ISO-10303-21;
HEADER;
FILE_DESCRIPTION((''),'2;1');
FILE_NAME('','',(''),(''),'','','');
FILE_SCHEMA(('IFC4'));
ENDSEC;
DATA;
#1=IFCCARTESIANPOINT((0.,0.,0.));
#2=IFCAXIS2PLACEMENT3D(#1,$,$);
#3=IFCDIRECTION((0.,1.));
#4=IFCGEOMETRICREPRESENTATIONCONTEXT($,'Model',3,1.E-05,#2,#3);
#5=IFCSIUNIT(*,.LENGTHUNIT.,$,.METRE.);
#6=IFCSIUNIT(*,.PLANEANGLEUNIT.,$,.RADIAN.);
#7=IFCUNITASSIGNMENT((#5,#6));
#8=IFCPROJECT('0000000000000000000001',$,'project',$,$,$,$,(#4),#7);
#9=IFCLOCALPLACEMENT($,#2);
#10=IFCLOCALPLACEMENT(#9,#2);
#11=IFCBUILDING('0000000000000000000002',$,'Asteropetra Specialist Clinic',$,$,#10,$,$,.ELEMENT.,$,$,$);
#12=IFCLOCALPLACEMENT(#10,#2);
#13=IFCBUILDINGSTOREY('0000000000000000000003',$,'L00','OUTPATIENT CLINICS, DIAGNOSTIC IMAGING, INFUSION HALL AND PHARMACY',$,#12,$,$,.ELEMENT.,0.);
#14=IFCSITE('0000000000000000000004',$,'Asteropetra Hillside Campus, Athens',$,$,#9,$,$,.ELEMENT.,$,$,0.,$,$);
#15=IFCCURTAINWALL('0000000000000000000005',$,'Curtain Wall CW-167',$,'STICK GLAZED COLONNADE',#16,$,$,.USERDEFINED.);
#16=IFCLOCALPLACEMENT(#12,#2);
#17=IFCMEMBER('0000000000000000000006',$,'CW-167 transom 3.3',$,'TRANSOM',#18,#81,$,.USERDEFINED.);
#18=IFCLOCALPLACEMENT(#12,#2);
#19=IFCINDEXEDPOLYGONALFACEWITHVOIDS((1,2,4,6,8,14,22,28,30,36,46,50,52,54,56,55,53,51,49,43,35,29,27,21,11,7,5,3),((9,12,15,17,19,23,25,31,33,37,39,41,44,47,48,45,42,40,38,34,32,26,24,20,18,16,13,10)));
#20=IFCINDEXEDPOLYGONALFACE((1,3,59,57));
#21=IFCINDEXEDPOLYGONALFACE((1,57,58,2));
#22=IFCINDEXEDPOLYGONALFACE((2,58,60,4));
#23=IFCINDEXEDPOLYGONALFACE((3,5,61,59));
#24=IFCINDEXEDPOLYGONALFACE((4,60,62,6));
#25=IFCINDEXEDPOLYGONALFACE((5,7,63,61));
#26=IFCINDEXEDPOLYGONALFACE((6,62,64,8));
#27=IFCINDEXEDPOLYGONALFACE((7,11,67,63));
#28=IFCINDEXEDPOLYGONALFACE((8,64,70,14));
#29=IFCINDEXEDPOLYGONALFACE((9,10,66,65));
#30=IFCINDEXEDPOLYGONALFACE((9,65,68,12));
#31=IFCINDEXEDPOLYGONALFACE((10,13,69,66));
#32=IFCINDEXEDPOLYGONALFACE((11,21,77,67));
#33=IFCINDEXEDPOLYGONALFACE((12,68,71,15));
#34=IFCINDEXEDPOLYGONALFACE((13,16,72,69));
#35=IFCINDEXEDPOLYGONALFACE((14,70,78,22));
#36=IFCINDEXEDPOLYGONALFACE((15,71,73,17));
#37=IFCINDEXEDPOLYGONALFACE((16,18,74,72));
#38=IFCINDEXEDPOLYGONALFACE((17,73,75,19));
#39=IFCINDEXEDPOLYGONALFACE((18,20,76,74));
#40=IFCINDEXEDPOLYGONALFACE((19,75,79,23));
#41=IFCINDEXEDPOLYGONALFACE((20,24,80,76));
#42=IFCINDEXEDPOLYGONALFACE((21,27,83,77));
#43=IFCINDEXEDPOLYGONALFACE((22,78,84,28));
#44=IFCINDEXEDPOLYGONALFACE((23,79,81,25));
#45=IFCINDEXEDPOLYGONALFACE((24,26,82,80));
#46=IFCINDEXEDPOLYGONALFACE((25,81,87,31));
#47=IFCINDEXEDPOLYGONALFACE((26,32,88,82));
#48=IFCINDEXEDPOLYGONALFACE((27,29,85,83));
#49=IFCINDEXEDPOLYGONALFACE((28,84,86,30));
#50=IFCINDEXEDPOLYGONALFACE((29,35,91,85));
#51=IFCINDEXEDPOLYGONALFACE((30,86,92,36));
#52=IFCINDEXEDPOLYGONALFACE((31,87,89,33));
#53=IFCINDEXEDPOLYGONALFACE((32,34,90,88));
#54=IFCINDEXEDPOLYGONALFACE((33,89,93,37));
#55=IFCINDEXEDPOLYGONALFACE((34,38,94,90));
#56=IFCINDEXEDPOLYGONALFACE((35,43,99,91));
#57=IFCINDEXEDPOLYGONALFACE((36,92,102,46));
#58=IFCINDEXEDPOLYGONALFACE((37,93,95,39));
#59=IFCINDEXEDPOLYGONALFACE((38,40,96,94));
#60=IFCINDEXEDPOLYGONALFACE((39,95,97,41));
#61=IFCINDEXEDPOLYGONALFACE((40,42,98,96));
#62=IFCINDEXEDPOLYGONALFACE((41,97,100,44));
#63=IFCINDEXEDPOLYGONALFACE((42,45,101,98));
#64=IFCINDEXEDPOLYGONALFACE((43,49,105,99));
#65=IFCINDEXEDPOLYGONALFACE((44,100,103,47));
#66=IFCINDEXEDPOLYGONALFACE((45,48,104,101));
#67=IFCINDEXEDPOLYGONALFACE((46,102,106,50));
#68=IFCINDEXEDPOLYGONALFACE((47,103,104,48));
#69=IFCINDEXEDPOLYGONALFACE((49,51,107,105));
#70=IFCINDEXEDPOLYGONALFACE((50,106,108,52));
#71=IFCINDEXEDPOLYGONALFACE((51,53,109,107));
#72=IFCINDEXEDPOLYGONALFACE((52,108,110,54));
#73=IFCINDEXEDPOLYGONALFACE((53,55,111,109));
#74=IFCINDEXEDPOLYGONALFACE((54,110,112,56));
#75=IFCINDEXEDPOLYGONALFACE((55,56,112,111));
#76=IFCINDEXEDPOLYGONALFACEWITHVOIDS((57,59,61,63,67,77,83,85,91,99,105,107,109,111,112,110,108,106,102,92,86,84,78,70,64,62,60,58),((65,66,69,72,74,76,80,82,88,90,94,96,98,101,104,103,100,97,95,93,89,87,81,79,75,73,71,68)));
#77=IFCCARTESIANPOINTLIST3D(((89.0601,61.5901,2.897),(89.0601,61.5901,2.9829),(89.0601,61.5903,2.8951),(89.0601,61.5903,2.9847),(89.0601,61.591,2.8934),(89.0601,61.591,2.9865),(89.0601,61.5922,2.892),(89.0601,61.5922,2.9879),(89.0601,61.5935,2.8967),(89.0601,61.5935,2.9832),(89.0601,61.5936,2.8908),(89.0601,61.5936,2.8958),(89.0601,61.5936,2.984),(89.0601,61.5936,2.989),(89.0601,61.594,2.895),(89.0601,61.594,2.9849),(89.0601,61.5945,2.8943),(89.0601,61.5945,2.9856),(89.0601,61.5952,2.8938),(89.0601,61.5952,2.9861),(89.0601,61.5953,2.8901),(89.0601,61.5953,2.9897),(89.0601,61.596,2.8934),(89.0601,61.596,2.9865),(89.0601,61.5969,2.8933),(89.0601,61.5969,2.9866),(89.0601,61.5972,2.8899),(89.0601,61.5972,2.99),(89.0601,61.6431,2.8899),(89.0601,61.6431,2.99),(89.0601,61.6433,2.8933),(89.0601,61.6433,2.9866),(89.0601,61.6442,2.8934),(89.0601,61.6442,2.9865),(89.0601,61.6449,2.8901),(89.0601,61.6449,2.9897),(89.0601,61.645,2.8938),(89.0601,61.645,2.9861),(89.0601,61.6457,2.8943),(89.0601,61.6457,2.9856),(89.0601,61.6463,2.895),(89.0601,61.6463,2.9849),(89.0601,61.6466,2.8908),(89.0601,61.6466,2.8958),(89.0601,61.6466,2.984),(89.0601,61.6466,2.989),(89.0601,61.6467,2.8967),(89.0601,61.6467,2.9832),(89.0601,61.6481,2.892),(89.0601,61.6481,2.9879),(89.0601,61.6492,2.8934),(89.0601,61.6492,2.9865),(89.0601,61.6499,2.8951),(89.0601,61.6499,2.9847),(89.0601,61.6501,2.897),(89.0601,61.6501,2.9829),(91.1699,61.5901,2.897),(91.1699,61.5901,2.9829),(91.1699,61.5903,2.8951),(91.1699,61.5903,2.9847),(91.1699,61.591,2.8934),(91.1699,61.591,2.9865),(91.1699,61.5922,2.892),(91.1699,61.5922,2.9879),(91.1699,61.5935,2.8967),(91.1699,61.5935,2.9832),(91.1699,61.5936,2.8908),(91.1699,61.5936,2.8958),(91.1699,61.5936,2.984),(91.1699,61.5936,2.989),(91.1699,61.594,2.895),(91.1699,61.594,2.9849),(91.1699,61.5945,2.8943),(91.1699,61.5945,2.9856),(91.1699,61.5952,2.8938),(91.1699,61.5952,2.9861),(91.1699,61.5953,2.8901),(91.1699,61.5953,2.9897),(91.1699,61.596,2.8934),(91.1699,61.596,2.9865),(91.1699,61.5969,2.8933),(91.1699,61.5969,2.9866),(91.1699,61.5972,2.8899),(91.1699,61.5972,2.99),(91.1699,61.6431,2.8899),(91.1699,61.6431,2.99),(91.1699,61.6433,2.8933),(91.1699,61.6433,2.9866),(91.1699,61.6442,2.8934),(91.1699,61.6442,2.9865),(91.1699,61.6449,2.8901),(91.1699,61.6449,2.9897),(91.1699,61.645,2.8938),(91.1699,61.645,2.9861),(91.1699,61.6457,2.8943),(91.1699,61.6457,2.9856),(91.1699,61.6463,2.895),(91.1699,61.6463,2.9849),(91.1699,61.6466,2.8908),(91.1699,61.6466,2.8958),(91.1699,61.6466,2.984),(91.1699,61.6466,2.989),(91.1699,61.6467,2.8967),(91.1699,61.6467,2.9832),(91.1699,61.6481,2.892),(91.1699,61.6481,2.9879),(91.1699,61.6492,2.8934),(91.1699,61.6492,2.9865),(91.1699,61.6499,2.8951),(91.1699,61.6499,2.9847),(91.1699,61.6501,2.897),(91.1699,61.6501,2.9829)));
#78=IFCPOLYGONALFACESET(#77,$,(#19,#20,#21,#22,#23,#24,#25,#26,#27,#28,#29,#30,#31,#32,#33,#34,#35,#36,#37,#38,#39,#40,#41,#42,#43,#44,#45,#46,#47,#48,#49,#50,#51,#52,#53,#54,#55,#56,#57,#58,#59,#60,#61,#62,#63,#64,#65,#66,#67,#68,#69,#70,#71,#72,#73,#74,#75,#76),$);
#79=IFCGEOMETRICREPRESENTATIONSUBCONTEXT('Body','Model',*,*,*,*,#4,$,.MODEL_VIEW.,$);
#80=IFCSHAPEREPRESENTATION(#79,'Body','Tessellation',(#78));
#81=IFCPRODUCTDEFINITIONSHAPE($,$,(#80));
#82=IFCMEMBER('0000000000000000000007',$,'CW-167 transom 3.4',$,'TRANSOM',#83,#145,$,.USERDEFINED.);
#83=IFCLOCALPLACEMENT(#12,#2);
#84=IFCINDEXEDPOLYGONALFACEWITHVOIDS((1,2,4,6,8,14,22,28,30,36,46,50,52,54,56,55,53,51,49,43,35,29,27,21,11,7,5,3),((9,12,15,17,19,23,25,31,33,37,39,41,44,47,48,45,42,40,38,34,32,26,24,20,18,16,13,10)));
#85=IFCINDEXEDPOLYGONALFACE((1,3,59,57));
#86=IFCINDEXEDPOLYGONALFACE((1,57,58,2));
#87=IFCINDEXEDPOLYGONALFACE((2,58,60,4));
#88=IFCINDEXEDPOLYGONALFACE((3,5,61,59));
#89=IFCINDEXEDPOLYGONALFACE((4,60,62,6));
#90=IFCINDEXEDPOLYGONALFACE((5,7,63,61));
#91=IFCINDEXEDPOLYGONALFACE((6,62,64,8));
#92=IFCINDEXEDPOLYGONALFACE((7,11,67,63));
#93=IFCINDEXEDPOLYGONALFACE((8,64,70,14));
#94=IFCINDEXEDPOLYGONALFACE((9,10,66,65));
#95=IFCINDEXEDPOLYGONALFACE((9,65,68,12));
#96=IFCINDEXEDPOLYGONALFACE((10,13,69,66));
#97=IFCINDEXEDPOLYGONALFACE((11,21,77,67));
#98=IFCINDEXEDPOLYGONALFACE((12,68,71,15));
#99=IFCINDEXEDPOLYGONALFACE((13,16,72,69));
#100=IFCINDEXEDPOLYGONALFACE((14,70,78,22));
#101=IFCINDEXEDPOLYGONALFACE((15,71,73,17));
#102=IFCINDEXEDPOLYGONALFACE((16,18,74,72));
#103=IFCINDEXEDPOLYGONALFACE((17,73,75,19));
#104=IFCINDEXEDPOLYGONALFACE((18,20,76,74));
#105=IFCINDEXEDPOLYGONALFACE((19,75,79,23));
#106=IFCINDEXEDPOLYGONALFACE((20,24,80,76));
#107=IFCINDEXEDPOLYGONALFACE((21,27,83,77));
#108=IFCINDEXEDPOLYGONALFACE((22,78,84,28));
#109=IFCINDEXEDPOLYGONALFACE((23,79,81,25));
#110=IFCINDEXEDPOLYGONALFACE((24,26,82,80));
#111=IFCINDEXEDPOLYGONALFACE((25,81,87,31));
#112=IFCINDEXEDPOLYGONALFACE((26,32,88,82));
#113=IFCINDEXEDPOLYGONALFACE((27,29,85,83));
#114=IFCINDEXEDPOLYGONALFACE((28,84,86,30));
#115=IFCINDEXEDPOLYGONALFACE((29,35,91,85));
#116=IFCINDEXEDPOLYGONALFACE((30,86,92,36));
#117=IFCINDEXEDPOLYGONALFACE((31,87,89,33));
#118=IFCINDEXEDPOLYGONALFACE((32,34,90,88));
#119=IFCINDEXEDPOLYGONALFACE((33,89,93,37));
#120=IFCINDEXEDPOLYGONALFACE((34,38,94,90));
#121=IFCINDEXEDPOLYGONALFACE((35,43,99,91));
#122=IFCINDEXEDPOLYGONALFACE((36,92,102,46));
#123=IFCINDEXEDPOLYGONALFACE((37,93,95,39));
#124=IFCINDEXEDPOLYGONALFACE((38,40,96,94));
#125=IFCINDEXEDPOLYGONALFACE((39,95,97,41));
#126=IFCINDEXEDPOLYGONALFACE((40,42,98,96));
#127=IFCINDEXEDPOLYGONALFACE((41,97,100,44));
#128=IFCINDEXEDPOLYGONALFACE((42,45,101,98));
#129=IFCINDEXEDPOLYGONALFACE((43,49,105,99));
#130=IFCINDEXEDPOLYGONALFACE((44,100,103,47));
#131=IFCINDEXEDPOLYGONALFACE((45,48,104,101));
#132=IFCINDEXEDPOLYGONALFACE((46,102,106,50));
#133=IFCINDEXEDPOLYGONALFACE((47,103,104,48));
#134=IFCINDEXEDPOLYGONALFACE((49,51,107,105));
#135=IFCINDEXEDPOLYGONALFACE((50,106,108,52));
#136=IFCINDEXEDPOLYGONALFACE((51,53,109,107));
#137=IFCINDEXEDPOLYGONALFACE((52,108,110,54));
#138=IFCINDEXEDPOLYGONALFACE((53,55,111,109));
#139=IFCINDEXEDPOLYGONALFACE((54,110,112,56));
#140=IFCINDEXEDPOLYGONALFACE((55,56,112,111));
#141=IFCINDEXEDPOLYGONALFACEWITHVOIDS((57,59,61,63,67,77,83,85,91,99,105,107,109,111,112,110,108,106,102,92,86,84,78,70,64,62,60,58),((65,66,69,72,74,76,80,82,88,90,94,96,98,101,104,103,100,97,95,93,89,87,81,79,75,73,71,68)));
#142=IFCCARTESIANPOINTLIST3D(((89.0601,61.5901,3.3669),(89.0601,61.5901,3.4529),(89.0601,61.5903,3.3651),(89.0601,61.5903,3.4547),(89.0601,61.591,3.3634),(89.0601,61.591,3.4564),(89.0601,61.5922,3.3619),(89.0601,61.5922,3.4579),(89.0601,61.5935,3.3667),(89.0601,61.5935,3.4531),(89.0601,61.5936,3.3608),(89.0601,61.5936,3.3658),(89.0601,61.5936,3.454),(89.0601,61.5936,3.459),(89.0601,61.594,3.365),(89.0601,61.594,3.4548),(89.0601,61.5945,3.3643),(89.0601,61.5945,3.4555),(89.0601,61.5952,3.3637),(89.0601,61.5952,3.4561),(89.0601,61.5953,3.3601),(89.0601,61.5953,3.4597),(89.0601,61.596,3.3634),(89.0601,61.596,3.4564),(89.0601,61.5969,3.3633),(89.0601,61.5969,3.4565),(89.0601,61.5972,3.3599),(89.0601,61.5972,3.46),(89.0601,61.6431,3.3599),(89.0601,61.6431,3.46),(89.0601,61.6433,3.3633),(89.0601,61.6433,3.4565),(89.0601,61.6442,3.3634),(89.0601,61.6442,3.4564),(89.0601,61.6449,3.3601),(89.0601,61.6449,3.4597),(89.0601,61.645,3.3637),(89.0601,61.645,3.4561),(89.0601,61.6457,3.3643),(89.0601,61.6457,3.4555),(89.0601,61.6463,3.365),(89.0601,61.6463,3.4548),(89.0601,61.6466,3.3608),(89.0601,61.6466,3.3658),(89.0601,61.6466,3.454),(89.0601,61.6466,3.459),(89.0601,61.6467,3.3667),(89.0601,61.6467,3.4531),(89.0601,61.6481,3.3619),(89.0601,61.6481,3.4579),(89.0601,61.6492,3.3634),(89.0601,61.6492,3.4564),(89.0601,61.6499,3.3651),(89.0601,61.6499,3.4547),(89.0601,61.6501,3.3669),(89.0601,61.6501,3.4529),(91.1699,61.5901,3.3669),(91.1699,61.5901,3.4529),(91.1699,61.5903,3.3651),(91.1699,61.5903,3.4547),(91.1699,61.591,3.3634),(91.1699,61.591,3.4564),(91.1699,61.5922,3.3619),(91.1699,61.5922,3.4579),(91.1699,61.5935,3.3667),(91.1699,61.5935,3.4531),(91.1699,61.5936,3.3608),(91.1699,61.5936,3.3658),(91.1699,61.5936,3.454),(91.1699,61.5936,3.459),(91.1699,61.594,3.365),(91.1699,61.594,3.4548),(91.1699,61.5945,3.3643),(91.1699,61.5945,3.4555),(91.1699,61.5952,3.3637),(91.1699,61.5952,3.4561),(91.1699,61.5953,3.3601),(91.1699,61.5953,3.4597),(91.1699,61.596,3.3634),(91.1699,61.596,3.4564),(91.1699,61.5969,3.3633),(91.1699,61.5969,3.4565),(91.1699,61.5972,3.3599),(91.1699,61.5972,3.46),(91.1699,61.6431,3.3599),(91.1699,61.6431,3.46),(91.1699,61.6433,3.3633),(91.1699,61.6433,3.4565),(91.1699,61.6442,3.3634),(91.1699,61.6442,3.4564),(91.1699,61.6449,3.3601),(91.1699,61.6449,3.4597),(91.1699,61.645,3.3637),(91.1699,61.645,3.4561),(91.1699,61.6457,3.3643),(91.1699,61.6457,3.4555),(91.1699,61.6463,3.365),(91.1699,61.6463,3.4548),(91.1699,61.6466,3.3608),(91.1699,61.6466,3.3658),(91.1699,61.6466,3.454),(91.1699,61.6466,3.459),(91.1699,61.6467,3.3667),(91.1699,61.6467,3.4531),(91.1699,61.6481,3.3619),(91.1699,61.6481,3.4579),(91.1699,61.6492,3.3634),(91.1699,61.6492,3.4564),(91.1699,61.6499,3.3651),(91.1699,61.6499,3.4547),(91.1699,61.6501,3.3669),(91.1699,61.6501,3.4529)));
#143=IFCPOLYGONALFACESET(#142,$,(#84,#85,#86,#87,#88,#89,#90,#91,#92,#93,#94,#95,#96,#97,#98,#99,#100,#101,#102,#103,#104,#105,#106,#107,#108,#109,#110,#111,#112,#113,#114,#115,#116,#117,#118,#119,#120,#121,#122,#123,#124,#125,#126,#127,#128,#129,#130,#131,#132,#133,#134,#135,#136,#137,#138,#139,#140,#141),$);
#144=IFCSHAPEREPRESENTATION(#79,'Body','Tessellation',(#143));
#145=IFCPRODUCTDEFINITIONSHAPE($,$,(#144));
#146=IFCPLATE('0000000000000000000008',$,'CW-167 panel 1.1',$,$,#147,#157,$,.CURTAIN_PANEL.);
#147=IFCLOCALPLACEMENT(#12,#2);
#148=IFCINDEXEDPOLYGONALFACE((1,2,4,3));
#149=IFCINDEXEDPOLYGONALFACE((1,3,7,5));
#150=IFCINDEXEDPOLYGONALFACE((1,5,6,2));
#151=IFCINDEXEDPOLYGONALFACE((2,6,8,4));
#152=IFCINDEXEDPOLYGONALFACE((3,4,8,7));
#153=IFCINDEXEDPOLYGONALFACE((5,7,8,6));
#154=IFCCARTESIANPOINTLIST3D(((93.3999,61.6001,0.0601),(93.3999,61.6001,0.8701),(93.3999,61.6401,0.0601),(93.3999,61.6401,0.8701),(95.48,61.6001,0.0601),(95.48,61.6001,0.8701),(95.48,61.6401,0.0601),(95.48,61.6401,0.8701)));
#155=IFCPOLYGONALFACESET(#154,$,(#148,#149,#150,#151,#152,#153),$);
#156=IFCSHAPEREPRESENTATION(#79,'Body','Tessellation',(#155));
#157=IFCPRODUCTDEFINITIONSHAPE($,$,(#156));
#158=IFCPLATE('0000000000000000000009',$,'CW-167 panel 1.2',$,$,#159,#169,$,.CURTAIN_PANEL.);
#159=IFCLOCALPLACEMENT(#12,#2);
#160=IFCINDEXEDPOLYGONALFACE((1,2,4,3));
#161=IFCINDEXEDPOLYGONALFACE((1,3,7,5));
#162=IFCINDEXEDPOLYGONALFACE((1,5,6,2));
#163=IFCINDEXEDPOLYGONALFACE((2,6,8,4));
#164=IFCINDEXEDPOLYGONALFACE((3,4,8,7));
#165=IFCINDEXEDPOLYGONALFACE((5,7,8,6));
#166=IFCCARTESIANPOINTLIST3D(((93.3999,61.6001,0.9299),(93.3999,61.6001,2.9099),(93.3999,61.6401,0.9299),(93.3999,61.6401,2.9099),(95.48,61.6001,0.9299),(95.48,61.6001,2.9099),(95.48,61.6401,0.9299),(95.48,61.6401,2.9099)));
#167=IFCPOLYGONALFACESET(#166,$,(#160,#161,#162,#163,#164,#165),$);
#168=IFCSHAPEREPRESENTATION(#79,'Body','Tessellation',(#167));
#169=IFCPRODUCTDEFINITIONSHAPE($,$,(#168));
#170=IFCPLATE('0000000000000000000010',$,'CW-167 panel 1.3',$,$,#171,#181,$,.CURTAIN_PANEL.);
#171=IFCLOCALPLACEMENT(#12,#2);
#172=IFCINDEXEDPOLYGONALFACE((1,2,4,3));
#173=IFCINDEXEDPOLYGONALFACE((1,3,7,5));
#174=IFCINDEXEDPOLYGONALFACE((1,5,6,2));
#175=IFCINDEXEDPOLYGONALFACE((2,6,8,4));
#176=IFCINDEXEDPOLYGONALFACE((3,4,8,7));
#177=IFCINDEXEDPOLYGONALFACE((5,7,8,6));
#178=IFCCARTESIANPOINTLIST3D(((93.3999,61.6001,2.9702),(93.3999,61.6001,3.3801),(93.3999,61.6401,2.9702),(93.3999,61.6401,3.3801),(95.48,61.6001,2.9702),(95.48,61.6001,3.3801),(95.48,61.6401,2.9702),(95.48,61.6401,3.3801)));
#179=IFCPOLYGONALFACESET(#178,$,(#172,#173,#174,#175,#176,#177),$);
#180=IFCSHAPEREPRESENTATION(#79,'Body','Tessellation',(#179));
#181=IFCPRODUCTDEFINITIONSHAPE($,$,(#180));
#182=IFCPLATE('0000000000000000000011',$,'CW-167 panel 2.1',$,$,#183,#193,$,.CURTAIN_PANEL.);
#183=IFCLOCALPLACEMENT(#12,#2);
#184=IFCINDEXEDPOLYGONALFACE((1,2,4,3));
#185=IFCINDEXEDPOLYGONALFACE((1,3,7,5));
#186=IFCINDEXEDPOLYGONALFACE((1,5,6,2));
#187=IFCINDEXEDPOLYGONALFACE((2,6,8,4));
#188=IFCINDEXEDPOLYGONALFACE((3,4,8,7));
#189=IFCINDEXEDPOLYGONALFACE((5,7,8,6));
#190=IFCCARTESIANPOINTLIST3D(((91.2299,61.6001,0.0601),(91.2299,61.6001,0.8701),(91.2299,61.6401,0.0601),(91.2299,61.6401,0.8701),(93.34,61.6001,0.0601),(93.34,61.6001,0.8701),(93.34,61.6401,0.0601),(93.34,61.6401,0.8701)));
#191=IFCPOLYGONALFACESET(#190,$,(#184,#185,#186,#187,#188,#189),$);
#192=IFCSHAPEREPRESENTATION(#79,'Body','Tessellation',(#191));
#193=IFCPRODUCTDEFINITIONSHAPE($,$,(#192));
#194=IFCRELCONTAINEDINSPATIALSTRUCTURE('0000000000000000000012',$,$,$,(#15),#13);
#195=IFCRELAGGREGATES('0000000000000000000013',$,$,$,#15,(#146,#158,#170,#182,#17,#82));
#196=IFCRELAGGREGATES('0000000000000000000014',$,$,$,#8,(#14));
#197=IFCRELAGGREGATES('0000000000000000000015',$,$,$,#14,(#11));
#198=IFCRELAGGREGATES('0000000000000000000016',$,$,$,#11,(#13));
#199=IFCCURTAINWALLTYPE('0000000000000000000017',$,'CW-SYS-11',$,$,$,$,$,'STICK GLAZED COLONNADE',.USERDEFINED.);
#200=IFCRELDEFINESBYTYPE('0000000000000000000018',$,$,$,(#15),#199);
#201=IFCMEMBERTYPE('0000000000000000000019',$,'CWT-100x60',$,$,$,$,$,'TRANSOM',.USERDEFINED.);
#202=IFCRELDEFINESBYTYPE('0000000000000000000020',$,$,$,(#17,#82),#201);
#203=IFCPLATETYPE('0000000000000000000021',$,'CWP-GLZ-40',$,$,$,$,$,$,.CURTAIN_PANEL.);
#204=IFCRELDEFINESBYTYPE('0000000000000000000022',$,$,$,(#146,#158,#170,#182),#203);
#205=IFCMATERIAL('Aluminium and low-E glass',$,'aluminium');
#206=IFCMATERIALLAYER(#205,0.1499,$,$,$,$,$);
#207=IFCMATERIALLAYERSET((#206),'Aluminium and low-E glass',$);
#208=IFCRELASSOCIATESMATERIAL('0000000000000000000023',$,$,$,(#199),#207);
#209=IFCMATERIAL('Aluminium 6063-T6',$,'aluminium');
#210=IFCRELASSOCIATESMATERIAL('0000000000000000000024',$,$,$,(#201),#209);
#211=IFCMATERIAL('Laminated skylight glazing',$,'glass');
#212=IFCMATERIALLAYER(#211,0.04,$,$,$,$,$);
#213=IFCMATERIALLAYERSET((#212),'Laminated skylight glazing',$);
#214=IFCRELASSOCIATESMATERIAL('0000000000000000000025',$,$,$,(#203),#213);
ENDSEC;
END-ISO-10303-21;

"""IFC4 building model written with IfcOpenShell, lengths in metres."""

from ifc_helpers import new_model, si_unit, direction, frame, origin, origin_2d, place, context, subcontext, project, spatial, rectangle, hollow_rectangle, extrude, material, layer, layer_set, material_profile, profile_set, type_object, element, aggregate, save


model = new_model("IFC4")

# Units and contexts
model_context = context("Model", 3, precision=1e-05, world=origin(), true_north=direction((0.0, 1.0)))
body_context = subcontext(model_context, "Body", "Model", "MODEL_VIEW")
ifc_project = project(units=[si_unit("LENGTHUNIT", "METRE"), si_unit("PLANEANGLEUNIT", "RADIAN")], contexts=[model_context])

# Site, building, storey
site_placement = place(None, origin())
site = spatial("IfcSite", under=ifc_project, at=site_placement, Name="Asteropetra Hillside Campus, Athens", CompositionType="ELEMENT", RefElevation=0.0)
building_placement = place(site_placement, origin())
building = spatial("IfcBuilding", under=site, at=building_placement, Name="Asteropetra Specialist Clinic", CompositionType="ELEMENT")
storey_placement = place(building_placement, origin())
storey = spatial("IfcBuildingStorey", under=building, at=storey_placement, Name="L00", Description="OUTPATIENT CLINICS, DIAGNOSTIC IMAGING, INFUSION HALL AND PHARMACY", CompositionType="ELEMENT", Elevation=0.0)

# Curtain wall
ifc_material_1 = material(Name="Aluminium and low-E glass", Category="aluminium")
ifc_layer_1 = layer(ifc_material_1, 0.1499)
ifc_layer_set_1 = layer_set([ifc_layer_1], Name="Aluminium and low-E glass")
curtain_wall_type_1 = type_object("IfcCurtainWallType", Name="CW-SYS-11", ElementType="STICK GLAZED COLONNADE", PredefinedType="USERDEFINED", material=ifc_layer_set_1)
curtain_wall_1_placement = place(storey_placement, origin())
curtain_wall_1 = element("IfcCurtainWall", 1, at=curtain_wall_1_placement, inside=storey, type_object=curtain_wall_type_1, Name="Curtain Wall CW-167", ObjectType="STICK GLAZED COLONNADE", PredefinedType="USERDEFINED")

# Members
ifc_material_2 = material(Name="Aluminium 6063-T6", Category="aluminium")
ifc_material_profile_1 = material_profile(ifc_material_2, hollow_rectangle(XDim=0.0601, YDim=0.1001, WallThickness=0.0034, InnerFilletRadius=0.0034, OuterFilletRadius=0.0071, at=origin_2d()), Name="TRN 100x60x3.5")
ifc_profile_set_1 = profile_set([ifc_material_profile_1], Name="Aluminium 6063-T6")
member_type_1 = type_object("IfcMemberType", Name="CWT-100x60", ElementType="TRANSOM", PredefinedType="USERDEFINED", material=ifc_profile_set_1)
member_1_placement = place(storey_placement, frame((91.1699, 61.6201, 2.9399), z_axis=(-1.0, 0.0, 0.0), x_axis=(0.0, -1.0, 0.0)))
member_1 = element("IfcMember", 2, at=member_1_placement, type_object=member_type_1, Name="CW-167 transom 3.3", ObjectType="TRANSOM", PredefinedType="USERDEFINED", context=body_context, shape_type="SweptSolid", body=[
    extrude(hollow_rectangle(XDim=0.0601, YDim=0.1001, WallThickness=0.0034, InnerFilletRadius=0.0034, OuterFilletRadius=0.0071, at=origin_2d()), origin(), (0.0, 0.0, 1.0), 2.1099),
])
member_2_placement = place(storey_placement, frame((91.1699, 61.6201, 3.4099), z_axis=(-1.0, 0.0, 0.0), x_axis=(0.0, -1.0, 0.0)))
member_2 = element("IfcMember", 3, at=member_2_placement, type_object=member_type_1, Name="CW-167 transom 3.4", ObjectType="TRANSOM", PredefinedType="USERDEFINED", context=body_context, shape_type="SweptSolid", body=[
    extrude(hollow_rectangle(XDim=0.0601, YDim=0.1001, WallThickness=0.0034, InnerFilletRadius=0.0034, OuterFilletRadius=0.0071, at=origin_2d()), origin(), (0.0, 0.0, 1.0), 2.1099),
])

# Plates
ifc_material_3 = material(Name="Laminated skylight glazing", Category="glass")
ifc_layer_2 = layer(ifc_material_3, 0.04)
ifc_layer_set_2 = layer_set([ifc_layer_2], Name="Laminated skylight glazing")
plate_type = type_object("IfcPlateType", Name="CWP-GLZ-40", PredefinedType="CURTAIN_PANEL", material=ifc_layer_set_2)
plate_1_placement = place(storey_placement, frame((94.4399, 61.6201, 0.0601), z_axis=(0.0, 0.0, 1.0), x_axis=(-1.0, 0.0, 0.0)))
plate_1 = element("IfcPlate", 4, at=plate_1_placement, type_object=plate_type, Name="CW-167 panel 1.1", PredefinedType="CURTAIN_PANEL", context=body_context, shape_type="SweptSolid", body=[
    extrude(rectangle(XDim=2.0801, YDim=0.04, at=origin_2d()), origin(), (0.0, 0.0, 1.0), 0.8101),
])
plate_2_placement = place(storey_placement, frame((94.4399, 61.6201, 0.9299), z_axis=(0.0, 0.0, 1.0), x_axis=(-1.0, 0.0, 0.0)))
plate_2 = element("IfcPlate", 5, at=plate_2_placement, type_object=plate_type, Name="CW-167 panel 1.2", PredefinedType="CURTAIN_PANEL", context=body_context, shape_type="SweptSolid", body=[
    extrude(rectangle(XDim=2.0801, YDim=0.04, at=origin_2d()), origin(), (0.0, 0.0, 1.0), 1.98),
])
plate_3_placement = place(storey_placement, frame((94.4399, 61.6201, 2.9702), z_axis=(0.0, 0.0, 1.0), x_axis=(-1.0, 0.0, 0.0)))
plate_3 = element("IfcPlate", 6, at=plate_3_placement, type_object=plate_type, Name="CW-167 panel 1.3", PredefinedType="CURTAIN_PANEL", context=body_context, shape_type="SweptSolid", body=[
    extrude(rectangle(XDim=2.0801, YDim=0.04, at=origin_2d()), origin(), (0.0, 0.0, 1.0), 0.4099),
])
plate_4_placement = place(storey_placement, frame((92.2849, 61.6201, 0.0601), z_axis=(0.0, 0.0, 1.0), x_axis=(-1.0, 0.0, 0.0)))
plate_4 = element("IfcPlate", 7, at=plate_4_placement, type_object=plate_type, Name="CW-167 panel 2.1", PredefinedType="CURTAIN_PANEL", context=body_context, shape_type="SweptSolid", body=[
    extrude(rectangle(XDim=2.1101, YDim=0.04, at=origin_2d()), origin(), (0.0, 0.0, 1.0), 0.8101),
])
aggregate(curtain_wall_1, [plate_1, plate_2, plate_3, plate_4, member_1, member_2])

save(model, "model.ifc")
